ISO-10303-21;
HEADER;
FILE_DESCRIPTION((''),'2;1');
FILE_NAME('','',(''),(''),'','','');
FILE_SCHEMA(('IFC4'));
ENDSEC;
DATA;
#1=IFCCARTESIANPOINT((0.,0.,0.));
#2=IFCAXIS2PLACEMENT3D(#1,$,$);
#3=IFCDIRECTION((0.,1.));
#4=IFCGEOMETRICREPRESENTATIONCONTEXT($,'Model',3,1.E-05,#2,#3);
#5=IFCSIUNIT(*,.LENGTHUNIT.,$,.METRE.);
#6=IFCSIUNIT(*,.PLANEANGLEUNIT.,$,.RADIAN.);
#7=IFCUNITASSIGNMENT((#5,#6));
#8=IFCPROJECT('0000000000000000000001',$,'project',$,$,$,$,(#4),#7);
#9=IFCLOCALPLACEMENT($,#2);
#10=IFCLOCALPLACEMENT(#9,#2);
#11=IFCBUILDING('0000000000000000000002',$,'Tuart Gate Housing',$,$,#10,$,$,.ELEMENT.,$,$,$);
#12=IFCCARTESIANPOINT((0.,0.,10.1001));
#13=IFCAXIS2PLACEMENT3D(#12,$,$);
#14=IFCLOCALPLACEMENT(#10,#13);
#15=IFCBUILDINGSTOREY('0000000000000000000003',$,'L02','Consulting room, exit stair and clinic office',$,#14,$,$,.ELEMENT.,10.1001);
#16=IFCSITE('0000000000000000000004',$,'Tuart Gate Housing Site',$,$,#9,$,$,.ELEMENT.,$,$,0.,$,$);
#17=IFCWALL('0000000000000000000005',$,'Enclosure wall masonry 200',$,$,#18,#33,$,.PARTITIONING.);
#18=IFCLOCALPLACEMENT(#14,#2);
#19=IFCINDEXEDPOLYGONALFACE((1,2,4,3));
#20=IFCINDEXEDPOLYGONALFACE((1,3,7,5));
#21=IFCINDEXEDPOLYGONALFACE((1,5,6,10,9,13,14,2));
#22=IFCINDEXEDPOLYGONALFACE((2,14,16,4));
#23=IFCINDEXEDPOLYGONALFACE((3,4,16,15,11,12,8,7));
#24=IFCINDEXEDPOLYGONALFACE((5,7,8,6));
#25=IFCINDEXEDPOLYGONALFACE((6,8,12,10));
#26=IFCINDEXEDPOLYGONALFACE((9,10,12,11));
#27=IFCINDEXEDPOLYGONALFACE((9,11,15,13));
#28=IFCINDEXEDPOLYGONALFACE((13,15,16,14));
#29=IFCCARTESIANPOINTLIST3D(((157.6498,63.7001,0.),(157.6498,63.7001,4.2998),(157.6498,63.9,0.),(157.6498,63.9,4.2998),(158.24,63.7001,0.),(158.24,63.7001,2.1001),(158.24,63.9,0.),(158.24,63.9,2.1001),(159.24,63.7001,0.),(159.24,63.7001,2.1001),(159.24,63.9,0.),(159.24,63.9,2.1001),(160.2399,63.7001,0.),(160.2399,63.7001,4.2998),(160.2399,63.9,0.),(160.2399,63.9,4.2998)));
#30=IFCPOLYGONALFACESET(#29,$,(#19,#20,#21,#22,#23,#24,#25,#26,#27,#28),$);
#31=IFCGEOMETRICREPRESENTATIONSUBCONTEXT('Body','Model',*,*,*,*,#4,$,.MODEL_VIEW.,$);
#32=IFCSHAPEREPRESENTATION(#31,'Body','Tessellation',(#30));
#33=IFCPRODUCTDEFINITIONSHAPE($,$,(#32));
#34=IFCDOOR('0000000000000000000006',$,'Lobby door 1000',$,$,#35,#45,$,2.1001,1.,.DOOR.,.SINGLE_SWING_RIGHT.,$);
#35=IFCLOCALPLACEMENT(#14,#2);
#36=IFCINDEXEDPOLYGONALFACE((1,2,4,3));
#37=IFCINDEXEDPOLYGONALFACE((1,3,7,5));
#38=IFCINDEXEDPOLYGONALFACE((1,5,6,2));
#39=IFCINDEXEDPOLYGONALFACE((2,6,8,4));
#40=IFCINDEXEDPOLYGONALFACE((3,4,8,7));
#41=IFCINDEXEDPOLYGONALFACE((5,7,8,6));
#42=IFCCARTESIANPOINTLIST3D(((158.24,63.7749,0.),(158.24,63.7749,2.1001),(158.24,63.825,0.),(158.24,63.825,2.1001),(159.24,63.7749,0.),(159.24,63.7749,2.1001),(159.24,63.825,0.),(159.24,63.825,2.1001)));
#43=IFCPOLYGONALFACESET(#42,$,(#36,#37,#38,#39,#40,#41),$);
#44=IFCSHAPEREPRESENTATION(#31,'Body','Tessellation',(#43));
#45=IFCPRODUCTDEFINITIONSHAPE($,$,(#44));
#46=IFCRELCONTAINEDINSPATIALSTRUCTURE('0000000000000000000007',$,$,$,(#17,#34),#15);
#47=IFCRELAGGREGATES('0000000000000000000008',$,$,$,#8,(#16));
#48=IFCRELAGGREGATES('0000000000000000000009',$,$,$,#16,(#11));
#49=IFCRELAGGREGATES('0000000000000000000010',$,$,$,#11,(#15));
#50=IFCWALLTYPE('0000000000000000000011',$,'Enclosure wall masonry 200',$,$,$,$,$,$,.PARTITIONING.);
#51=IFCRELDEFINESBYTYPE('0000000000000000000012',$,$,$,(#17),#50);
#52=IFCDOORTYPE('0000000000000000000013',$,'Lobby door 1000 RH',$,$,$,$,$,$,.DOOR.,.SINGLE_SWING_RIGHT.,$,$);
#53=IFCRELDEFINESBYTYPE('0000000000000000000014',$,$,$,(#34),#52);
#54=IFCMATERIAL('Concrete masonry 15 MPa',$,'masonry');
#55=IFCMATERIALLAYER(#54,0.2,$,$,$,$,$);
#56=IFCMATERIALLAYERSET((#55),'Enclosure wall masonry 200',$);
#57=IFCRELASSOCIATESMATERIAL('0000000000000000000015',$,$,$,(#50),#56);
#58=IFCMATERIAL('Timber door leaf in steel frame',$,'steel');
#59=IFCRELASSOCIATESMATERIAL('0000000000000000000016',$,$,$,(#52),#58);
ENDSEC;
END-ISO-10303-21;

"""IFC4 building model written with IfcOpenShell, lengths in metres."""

from ifc_helpers import new_model, si_unit, direction, frame, frame_2d, origin, place, context, subcontext, project, spatial, rectangle, extrude, material, layer, layer_set, type_object, element, fill, save


model = new_model("IFC4")

# Units and contexts
model_context = context("Model", 3, precision=1e-05, world=origin(), true_north=direction((0.0, 1.0)))
body_context = subcontext(model_context, "Body", "Model", "MODEL_VIEW")
ifc_project = project(units=[si_unit("LENGTHUNIT", "METRE"), si_unit("PLANEANGLEUNIT", "RADIAN")], contexts=[model_context])

# Site, building, storey
site_placement = place(None, origin())
site = spatial("IfcSite", under=ifc_project, at=site_placement, Name="Tuart Gate Housing Site", CompositionType="ELEMENT", RefElevation=0.0)
building_placement = place(site_placement, origin())
building = spatial("IfcBuilding", under=site, at=building_placement, Name="Tuart Gate Housing", CompositionType="ELEMENT")
storey_placement = place(building_placement, frame((0.0, 0.0, 10.1001)))
storey = spatial("IfcBuildingStorey", under=building, at=storey_placement, Name="L02", Description="Consulting room, exit stair and clinic office", CompositionType="ELEMENT", Elevation=10.1001)

# Wall, opening, door
ifc_material_1 = material(Name="Concrete masonry 15 MPa", Category="masonry")
ifc_layer_1 = layer(ifc_material_1, 0.2)
ifc_layer_set_1 = layer_set([ifc_layer_1], Name="Enclosure wall masonry 200")
wall_type_1 = type_object("IfcWallType", Name="Enclosure wall masonry 200", PredefinedType="PARTITIONING", material=ifc_layer_set_1)
wall_1_placement = place(storey_placement, frame((157.6499, 63.8, 0.0), z_axis=(0.0, 0.0, 1.0), x_axis=(1.0, 0.0, 0.0)))
wall_1 = element("IfcWall", 1, at=wall_1_placement, inside=storey, type_object=wall_type_1, Name="Enclosure wall masonry 200", PredefinedType="PARTITIONING", context=body_context, shape_type="SweptSolid", body=[
    extrude(rectangle(XDim=2.5901, YDim=0.2, at=frame_2d((1.2949, 0.0))), origin(), (0.0, 0.0, 1.0), 4.2998),
])
opening_1_placement = place(wall_1_placement, frame((0.5901, 0.0, 0.0)))
opening_1 = element("IfcOpeningElement", 2, at=opening_1_placement, cuts=wall_1, PredefinedType="OPENING", context=body_context, shape_type="SweptSolid", body=[
    extrude(rectangle(XDim=1.0, YDim=2.1001, at=frame_2d((0.5, 1.05))), frame((0.0, 0.1099, 0.0), z_axis=(0.0, -1.0, 0.0), x_axis=(1.0, 0.0, 0.0)), (0.0, 0.0, 1.0), 0.22),
])
ifc_material_2 = material(Name="Timber door leaf in steel frame", Category="steel")
door_type_1 = type_object("IfcDoorType", Name="Lobby door 1000 RH", OperationType="SINGLE_SWING_RIGHT", PredefinedType="DOOR", material=ifc_material_2)
door_1_placement = place(opening_1_placement, frame((1.0, 0.0, 0.0), z_axis=(0.0, 0.0, 1.0), x_axis=(-1.0, 0.0, 0.0)))
door_1 = element("IfcDoor", 3, at=door_1_placement, inside=storey, type_object=door_type_1, Name="Lobby door 1000", OperationType="SINGLE_SWING_RIGHT", OverallHeight=2.1001, OverallWidth=1.0, PredefinedType="DOOR", context=body_context, shape_type="SweptSolid", body=[
    extrude(rectangle(XDim=1.0, YDim=2.1001, at=frame_2d((0.5, 1.05))), frame((0.0, 0.0251, 0.0), z_axis=(0.0, -1.0, 0.0), x_axis=(1.0, 0.0, 0.0)), (0.0, 0.0, 1.0), 0.05),
])
fill(opening_1, door_1)

save(model, "model.ifc")
